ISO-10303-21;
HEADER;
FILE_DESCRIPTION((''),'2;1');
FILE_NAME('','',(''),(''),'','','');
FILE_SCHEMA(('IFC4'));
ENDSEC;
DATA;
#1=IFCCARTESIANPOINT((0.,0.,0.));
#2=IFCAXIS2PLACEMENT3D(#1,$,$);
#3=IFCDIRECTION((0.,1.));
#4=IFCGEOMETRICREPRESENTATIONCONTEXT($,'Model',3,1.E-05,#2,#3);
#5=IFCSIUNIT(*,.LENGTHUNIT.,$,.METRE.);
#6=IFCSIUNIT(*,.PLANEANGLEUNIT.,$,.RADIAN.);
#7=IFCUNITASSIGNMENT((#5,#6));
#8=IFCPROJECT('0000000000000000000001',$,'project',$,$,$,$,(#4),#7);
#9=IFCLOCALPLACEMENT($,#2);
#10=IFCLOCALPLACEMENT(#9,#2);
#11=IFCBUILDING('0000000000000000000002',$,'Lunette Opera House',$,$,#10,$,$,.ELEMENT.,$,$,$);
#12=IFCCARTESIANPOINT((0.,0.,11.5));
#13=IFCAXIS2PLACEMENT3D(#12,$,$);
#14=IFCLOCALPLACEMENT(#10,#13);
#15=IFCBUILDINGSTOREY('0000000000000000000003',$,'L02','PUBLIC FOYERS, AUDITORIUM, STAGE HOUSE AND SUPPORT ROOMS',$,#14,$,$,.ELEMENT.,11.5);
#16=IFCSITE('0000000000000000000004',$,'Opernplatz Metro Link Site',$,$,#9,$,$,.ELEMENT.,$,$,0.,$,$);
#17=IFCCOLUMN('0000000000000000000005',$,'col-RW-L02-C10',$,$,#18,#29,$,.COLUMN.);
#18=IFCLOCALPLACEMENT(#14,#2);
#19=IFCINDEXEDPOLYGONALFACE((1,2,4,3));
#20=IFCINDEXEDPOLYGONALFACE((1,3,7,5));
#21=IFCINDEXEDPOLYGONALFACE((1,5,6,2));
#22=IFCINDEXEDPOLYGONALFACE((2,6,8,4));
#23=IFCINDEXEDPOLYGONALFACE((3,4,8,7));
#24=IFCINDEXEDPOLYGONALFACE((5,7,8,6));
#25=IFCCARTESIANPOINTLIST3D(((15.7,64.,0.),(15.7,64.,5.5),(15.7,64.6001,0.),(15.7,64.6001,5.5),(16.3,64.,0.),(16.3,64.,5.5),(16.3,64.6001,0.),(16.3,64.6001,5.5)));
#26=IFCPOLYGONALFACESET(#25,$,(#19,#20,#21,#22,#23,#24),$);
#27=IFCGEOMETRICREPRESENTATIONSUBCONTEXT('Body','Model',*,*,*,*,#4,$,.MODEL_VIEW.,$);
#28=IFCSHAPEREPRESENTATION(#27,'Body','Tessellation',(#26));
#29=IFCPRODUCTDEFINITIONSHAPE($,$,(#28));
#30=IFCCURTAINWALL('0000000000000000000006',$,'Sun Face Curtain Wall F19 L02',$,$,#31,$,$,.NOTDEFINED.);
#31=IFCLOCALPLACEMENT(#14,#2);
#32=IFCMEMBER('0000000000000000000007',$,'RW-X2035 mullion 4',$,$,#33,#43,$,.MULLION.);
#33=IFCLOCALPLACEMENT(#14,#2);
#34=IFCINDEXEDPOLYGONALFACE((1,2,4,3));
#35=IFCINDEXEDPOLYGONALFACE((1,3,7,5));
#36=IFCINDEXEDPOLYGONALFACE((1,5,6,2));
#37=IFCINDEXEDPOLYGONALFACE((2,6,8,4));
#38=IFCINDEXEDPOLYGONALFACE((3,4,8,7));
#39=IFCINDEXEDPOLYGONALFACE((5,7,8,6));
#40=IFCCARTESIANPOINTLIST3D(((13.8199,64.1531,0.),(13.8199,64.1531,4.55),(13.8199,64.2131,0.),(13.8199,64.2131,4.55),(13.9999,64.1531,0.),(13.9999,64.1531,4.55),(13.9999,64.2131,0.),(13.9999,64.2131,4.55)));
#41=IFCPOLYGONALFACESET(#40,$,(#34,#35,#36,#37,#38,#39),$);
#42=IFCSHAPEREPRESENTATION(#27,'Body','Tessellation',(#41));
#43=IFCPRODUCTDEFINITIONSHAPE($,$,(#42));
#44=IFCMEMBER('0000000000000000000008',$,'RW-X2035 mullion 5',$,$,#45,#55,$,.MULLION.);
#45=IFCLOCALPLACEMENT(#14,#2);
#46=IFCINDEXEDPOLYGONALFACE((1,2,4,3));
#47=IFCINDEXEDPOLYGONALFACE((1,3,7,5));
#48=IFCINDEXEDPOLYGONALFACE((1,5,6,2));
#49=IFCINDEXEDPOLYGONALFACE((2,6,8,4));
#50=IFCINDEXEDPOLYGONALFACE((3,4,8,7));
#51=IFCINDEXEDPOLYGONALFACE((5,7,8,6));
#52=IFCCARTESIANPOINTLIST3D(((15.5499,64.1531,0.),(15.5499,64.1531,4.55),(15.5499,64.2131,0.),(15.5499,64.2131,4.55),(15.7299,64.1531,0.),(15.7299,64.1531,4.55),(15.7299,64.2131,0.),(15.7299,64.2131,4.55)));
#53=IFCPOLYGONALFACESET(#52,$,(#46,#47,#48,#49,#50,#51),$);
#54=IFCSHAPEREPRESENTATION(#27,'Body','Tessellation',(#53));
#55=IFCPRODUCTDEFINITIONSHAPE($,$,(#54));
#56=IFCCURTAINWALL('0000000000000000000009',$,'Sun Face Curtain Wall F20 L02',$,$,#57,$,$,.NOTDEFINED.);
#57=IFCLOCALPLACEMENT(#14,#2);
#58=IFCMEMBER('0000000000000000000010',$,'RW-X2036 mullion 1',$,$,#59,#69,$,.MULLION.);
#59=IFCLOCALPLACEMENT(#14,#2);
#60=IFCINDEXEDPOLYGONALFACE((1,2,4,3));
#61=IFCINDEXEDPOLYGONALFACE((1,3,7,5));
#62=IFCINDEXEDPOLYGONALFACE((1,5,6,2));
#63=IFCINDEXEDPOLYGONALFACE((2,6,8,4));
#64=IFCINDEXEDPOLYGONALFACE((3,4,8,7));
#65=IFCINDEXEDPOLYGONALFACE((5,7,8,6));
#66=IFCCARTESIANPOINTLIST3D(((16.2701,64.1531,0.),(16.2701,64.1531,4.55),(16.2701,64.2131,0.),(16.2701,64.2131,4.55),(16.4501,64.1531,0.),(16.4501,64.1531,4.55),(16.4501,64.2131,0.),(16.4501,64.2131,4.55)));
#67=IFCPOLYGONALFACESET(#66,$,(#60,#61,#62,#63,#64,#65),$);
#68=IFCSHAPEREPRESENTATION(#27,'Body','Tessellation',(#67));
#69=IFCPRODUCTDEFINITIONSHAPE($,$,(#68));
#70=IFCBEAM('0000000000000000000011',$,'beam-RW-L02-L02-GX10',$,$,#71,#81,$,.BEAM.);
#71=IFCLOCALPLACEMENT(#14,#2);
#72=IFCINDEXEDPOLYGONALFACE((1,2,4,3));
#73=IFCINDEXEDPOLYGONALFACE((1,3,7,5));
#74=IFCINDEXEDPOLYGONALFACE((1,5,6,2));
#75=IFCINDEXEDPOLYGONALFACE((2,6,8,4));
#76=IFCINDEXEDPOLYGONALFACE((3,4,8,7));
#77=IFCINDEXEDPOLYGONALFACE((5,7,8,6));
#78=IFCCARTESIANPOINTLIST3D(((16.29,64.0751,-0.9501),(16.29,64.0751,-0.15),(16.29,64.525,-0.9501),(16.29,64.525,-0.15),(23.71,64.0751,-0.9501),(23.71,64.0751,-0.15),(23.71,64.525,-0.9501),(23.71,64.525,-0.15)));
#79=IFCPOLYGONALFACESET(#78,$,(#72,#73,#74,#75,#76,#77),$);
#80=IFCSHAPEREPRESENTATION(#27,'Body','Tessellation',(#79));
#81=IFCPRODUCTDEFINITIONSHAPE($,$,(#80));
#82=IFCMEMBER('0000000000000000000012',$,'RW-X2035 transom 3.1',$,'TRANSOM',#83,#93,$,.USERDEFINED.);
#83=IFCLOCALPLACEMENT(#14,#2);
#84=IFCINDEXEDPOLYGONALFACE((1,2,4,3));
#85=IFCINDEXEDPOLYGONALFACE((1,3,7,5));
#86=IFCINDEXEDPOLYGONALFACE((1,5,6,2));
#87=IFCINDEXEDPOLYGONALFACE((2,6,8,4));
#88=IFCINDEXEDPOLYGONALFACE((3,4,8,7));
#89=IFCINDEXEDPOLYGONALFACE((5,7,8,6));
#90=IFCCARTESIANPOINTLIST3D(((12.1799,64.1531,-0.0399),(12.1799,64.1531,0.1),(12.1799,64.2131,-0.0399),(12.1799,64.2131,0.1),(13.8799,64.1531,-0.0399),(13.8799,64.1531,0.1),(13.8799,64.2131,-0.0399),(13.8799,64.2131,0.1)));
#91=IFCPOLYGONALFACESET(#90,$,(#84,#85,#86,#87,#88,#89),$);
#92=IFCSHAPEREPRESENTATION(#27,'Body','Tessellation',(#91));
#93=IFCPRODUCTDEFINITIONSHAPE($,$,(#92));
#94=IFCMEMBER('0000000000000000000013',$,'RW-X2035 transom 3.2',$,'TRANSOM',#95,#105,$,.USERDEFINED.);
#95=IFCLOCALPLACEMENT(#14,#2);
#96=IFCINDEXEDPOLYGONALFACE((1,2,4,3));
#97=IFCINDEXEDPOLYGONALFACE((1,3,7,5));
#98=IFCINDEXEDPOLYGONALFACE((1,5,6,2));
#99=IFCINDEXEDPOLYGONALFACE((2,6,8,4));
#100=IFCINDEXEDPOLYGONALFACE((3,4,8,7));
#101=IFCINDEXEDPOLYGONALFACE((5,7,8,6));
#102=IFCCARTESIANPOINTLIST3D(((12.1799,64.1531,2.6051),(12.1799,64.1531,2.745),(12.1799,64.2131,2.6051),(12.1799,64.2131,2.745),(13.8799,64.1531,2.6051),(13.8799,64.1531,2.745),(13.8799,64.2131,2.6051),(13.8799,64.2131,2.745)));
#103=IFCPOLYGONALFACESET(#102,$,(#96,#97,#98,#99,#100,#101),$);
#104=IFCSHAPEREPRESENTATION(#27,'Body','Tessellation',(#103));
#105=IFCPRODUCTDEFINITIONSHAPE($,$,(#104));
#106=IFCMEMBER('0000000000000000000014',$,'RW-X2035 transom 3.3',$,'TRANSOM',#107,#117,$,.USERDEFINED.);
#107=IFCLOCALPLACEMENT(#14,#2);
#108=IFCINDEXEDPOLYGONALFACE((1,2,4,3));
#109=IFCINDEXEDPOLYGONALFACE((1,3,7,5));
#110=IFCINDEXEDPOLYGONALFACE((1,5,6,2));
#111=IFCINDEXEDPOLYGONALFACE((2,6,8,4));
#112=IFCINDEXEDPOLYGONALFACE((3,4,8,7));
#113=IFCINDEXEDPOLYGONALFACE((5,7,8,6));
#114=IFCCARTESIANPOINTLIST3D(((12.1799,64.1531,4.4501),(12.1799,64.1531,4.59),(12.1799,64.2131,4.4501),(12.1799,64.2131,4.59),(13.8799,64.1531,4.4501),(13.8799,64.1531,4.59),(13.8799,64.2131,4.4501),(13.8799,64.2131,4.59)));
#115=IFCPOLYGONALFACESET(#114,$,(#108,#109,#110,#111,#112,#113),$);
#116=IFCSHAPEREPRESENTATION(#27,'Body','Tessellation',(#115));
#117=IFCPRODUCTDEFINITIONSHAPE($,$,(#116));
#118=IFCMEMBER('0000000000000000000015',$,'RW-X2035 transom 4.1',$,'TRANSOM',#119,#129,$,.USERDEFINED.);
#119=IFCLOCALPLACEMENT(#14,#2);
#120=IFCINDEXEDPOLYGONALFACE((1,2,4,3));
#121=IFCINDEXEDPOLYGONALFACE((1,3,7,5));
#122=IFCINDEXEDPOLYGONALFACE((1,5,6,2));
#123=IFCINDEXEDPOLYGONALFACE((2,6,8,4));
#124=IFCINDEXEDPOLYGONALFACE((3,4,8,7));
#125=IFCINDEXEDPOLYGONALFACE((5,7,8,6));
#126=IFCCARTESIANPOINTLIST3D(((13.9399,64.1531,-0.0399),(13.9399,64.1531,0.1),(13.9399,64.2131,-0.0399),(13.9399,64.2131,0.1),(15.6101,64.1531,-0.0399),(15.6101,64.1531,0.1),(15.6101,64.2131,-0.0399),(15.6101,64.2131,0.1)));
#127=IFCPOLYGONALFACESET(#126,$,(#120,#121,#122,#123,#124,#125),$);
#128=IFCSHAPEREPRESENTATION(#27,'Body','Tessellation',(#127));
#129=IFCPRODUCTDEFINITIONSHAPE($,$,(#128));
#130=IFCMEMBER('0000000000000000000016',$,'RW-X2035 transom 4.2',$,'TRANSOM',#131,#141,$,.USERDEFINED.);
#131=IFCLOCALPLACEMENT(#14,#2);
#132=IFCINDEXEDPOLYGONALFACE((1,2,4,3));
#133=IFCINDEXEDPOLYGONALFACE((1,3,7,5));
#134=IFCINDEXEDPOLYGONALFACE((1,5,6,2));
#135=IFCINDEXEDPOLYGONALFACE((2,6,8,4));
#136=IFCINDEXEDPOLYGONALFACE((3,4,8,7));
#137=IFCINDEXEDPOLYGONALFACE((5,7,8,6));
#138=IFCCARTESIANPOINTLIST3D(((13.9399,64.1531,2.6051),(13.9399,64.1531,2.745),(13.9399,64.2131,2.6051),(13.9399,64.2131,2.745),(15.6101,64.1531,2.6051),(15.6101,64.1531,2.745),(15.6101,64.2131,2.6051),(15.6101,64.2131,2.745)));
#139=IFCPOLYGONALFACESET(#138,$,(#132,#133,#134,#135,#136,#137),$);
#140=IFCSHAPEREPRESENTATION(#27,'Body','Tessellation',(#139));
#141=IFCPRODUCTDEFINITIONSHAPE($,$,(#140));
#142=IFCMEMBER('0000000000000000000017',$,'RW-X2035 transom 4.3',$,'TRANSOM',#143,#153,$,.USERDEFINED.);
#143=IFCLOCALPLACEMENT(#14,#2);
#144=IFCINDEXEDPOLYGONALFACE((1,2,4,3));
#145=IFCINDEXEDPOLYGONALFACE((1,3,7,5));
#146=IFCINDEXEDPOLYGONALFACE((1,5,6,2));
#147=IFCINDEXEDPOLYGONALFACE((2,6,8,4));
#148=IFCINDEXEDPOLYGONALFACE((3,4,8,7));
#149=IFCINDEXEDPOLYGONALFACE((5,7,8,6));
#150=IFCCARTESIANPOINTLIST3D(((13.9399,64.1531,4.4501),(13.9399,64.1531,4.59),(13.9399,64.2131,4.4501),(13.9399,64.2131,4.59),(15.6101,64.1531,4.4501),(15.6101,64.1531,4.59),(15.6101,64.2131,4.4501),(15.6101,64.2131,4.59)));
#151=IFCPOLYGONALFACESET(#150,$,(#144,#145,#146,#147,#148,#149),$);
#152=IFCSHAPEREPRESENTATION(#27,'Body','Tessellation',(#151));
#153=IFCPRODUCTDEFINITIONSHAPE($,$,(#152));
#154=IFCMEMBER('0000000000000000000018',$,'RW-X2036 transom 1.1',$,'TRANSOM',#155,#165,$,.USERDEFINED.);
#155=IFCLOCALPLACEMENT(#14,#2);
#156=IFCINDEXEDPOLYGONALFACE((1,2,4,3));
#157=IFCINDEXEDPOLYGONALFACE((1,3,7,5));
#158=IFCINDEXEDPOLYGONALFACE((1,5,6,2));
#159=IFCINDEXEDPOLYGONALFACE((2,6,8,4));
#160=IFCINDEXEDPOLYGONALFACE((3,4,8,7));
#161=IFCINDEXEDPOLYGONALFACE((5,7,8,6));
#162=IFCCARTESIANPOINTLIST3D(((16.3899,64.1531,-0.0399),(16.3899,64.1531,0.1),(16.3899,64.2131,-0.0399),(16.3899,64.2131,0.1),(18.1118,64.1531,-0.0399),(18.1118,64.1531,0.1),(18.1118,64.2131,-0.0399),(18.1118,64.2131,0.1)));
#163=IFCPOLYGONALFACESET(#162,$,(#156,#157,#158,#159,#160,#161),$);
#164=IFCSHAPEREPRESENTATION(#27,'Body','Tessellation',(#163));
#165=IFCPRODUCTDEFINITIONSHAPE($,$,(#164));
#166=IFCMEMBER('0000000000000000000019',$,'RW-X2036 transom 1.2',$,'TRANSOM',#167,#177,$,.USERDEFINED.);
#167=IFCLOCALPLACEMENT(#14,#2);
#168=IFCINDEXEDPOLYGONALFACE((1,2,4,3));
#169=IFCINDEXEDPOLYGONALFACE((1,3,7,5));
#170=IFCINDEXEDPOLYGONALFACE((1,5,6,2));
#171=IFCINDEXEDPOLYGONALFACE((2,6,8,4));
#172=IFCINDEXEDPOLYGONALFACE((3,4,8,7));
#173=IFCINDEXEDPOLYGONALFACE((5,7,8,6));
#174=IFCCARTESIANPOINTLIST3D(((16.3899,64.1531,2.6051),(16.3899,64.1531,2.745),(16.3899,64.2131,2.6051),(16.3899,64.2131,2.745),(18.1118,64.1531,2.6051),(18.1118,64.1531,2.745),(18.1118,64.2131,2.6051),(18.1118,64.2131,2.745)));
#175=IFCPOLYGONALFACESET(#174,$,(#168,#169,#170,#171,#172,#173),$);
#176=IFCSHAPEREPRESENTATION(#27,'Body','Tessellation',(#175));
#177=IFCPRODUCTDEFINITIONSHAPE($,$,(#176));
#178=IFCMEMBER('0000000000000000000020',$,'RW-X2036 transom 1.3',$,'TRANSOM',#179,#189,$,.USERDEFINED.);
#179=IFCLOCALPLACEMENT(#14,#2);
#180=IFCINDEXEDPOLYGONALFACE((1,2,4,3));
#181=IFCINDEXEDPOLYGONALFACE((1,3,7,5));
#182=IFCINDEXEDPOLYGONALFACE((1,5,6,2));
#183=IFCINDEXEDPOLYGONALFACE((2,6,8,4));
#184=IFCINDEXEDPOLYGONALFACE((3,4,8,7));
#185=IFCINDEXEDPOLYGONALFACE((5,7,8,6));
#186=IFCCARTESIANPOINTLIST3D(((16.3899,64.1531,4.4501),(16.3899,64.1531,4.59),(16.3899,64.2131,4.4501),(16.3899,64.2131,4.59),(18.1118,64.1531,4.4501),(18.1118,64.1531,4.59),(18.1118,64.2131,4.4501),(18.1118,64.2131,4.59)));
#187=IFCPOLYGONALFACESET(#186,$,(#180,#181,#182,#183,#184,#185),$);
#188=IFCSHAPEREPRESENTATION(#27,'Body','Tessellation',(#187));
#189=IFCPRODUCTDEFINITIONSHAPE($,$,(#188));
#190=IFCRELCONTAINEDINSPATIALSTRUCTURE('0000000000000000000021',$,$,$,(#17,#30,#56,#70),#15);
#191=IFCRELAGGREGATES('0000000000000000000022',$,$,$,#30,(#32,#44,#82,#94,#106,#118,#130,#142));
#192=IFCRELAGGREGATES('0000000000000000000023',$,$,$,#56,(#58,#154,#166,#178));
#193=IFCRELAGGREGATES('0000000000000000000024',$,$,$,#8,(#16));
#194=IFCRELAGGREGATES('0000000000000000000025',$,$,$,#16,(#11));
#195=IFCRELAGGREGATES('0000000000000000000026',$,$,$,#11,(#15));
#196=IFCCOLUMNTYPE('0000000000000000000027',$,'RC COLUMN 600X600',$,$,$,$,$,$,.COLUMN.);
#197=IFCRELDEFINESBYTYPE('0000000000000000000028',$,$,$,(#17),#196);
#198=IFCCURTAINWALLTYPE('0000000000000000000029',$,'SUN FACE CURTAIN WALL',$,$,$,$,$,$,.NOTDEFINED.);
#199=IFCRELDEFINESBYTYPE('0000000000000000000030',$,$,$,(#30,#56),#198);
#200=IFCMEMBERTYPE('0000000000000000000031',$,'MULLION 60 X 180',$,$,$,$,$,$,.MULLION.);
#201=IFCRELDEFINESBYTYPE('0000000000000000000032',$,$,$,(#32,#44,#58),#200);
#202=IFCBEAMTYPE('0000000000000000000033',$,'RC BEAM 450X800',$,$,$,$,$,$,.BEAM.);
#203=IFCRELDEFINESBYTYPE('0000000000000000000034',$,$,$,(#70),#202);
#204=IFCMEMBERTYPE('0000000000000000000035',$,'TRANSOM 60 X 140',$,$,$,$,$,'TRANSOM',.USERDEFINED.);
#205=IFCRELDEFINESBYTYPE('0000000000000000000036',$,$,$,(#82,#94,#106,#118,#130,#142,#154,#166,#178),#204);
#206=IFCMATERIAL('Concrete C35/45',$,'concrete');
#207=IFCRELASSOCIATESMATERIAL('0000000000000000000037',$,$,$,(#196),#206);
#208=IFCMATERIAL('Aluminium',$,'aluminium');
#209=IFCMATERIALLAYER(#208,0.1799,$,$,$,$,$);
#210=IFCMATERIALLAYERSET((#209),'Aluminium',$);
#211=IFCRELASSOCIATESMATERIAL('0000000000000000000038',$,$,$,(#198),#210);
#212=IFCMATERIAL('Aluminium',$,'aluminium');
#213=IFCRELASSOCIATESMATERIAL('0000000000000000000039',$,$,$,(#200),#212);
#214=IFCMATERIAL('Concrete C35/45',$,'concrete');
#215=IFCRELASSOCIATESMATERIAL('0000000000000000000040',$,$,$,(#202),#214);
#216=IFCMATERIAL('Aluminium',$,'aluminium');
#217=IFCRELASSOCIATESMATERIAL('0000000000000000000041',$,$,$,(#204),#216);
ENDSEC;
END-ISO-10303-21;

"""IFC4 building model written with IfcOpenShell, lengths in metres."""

from ifc_helpers import new_model, si_unit, direction, frame, origin, origin_2d, place, context, subcontext, project, spatial, rectangle, extrude, material, layer, layer_set, material_profile, profile_set, type_object, element, aggregate, save


model = new_model("IFC4")

# Units and contexts
model_context = context("Model", 3, precision=1e-05, world=origin(), true_north=direction((0.0, 1.0)))
body_context = subcontext(model_context, "Body", "Model", "MODEL_VIEW")
ifc_project = project(units=[si_unit("LENGTHUNIT", "METRE"), si_unit("PLANEANGLEUNIT", "RADIAN")], contexts=[model_context])

# Site, building, storey
site_placement = place(None, origin())
site = spatial("IfcSite", under=ifc_project, at=site_placement, Name="Opernplatz Metro Link Site", CompositionType="ELEMENT", RefElevation=0.0)
building_placement = place(site_placement, origin())
building = spatial("IfcBuilding", under=site, at=building_placement, Name="Lunette Opera House", CompositionType="ELEMENT")
storey_placement = place(building_placement, frame((0.0, 0.0, 11.5)))
storey = spatial("IfcBuildingStorey", under=building, at=storey_placement, Name="L02", Description="PUBLIC FOYERS, AUDITORIUM, STAGE HOUSE AND SUPPORT ROOMS", CompositionType="ELEMENT", Elevation=11.5)

# Column
ifc_material_1 = material(Name="Concrete C35/45", Category="concrete")
ifc_material_profile_1 = material_profile(ifc_material_1, rectangle(XDim=0.6001, YDim=0.6001, at=origin_2d()), Name="RC COLUMN 600X600")
ifc_profile_set_1 = profile_set([ifc_material_profile_1], Name="Concrete C35/45")
column_type = type_object("IfcColumnType", Name="RC COLUMN 600X600", PredefinedType="COLUMN", material=ifc_profile_set_1)
column_placement = place(storey_placement, frame((16.0, 64.3, 0.0), z_axis=(0.0, 0.0, 1.0), x_axis=(1.0, 0.0, 0.0)))
element("IfcColumn", 1, at=column_placement, inside=storey, type_object=column_type, Name="col-RW-L02-C10", PredefinedType="COLUMN", context=body_context, shape_type="SweptSolid", body=[
    extrude(rectangle(XDim=0.6001, YDim=0.6001, at=origin_2d()), origin(), (0.0, 0.0, 1.0), 5.5),
])

# Curtain wall, members
ifc_material_2 = material(Name="Aluminium", Category="aluminium")
ifc_layer_1 = layer(ifc_material_2, 0.1799)
ifc_layer_set_1 = layer_set([ifc_layer_1], Name="Aluminium")
curtain_wall_type = type_object("IfcCurtainWallType", Name="SUN FACE CURTAIN WALL", PredefinedType="NOTDEFINED", material=ifc_layer_set_1)
curtain_wall_1_placement = place(storey_placement, origin())
curtain_wall_1 = element("IfcCurtainWall", 2, at=curtain_wall_1_placement, inside=storey, type_object=curtain_wall_type, Name="Sun Face Curtain Wall F19 L02", PredefinedType="NOTDEFINED")
ifc_material_3 = material(Name="Aluminium", Category="aluminium")
ifc_material_profile_2 = material_profile(ifc_material_3, rectangle(XDim=0.0601, YDim=0.1799, at=origin_2d()), Name="MULLION 60 X 180")
ifc_profile_set_2 = profile_set([ifc_material_profile_2], Name="Aluminium")
member_type_1 = type_object("IfcMemberType", Name="MULLION 60 X 180", PredefinedType="MULLION", material=ifc_profile_set_2)
member_1_placement = place(storey_placement, frame((13.9099, 64.1831, 0.0), z_axis=(0.0, 0.0, 1.0), x_axis=(0.0, 1.0, 0.0)))
member_1 = element("IfcMember", 3, at=member_1_placement, type_object=member_type_1, Name="RW-X2035 mullion 4", PredefinedType="MULLION", context=body_context, shape_type="SweptSolid", body=[
    extrude(rectangle(XDim=0.0601, YDim=0.1799, at=origin_2d()), origin(), (0.0, 0.0, 1.0), 4.55),
])
member_2_placement = place(storey_placement, frame((15.6399, 64.1831, 0.0), z_axis=(0.0, 0.0, 1.0), x_axis=(0.0, 1.0, 0.0)))
member_2 = element("IfcMember", 4, at=member_2_placement, type_object=member_type_1, Name="RW-X2035 mullion 5", PredefinedType="MULLION", context=body_context, shape_type="SweptSolid", body=[
    extrude(rectangle(XDim=0.0601, YDim=0.1799, at=origin_2d()), origin(), (0.0, 0.0, 1.0), 4.55),
])

# Curtain wall, member
curtain_wall_2_placement = place(storey_placement, origin())
curtain_wall_2 = element("IfcCurtainWall", 5, at=curtain_wall_2_placement, inside=storey, type_object=curtain_wall_type, Name="Sun Face Curtain Wall F20 L02", PredefinedType="NOTDEFINED")
member_3_placement = place(storey_placement, frame((16.3601, 64.1831, 0.0), z_axis=(0.0, 0.0, 1.0), x_axis=(0.0, 1.0, 0.0)))
member_3 = element("IfcMember", 6, at=member_3_placement, type_object=member_type_1, Name="RW-X2036 mullion 1", PredefinedType="MULLION", context=body_context, shape_type="SweptSolid", body=[
    extrude(rectangle(XDim=0.0601, YDim=0.1799, at=origin_2d()), origin(), (0.0, 0.0, 1.0), 4.55),
])

# Beam
ifc_material_4 = material(Name="Concrete C35/45", Category="concrete")
ifc_material_profile_3 = material_profile(ifc_material_4, rectangle(XDim=0.45, YDim=0.8, at=origin_2d()), Name="RC BEAM 450X800")
ifc_profile_set_3 = profile_set([ifc_material_profile_3], Name="Concrete C35/45")
beam_type = type_object("IfcBeamType", Name="RC BEAM 450X800", PredefinedType="BEAM", material=ifc_profile_set_3)
beam_placement = place(storey_placement, frame((16.29, 64.3, -0.55), z_axis=(1.0, 0.0, 0.0), x_axis=(0.0, 1.0, 0.0)))
element("IfcBeam", 7, at=beam_placement, inside=storey, type_object=beam_type, Name="beam-RW-L02-L02-GX10", PredefinedType="BEAM", context=body_context, shape_type="SweptSolid", body=[
    extrude(rectangle(XDim=0.45, YDim=0.8, at=origin_2d()), origin(), (0.0, 0.0, 1.0), 7.4199),
])

# Members
ifc_material_5 = material(Name="Aluminium", Category="aluminium")
ifc_material_profile_4 = material_profile(ifc_material_5, rectangle(XDim=0.0601, YDim=0.1399, at=origin_2d()), Name="TRANSOM 60 X 140")
ifc_profile_set_4 = profile_set([ifc_material_profile_4], Name="Aluminium")
member_type_2 = type_object("IfcMemberType", Name="TRANSOM 60 X 140", ElementType="TRANSOM", PredefinedType="USERDEFINED", material=ifc_profile_set_4)
member_4_placement = place(storey_placement, frame((12.1799, 64.1831, 0.03), z_axis=(1.0, 0.0, 0.0), x_axis=(0.0, 1.0, 0.0)))
member_4 = element("IfcMember", 8, at=member_4_placement, type_object=member_type_2, Name="RW-X2035 transom 3.1", ObjectType="TRANSOM", PredefinedType="USERDEFINED", context=body_context, shape_type="SweptSolid", body=[
    extrude(rectangle(XDim=0.0601, YDim=0.1399, at=origin_2d()), origin(), (0.0, 0.0, 1.0), 1.7),
])
member_5_placement = place(storey_placement, frame((12.1799, 64.1831, 2.675), z_axis=(1.0, 0.0, 0.0), x_axis=(0.0, 1.0, 0.0)))
member_5 = element("IfcMember", 9, at=member_5_placement, type_object=member_type_2, Name="RW-X2035 transom 3.2", ObjectType="TRANSOM", PredefinedType="USERDEFINED", context=body_context, shape_type="SweptSolid", body=[
    extrude(rectangle(XDim=0.0601, YDim=0.1399, at=origin_2d()), origin(), (0.0, 0.0, 1.0), 1.7),
])
member_6_placement = place(storey_placement, frame((12.1799, 64.1831, 4.52), z_axis=(1.0, 0.0, 0.0), x_axis=(0.0, 1.0, 0.0)))
member_6 = element("IfcMember", 10, at=member_6_placement, type_object=member_type_2, Name="RW-X2035 transom 3.3", ObjectType="TRANSOM", PredefinedType="USERDEFINED", context=body_context, shape_type="SweptSolid", body=[
    extrude(rectangle(XDim=0.0601, YDim=0.1399, at=origin_2d()), origin(), (0.0, 0.0, 1.0), 1.7),
])
member_7_placement = place(storey_placement, frame((13.9399, 64.1831, 0.03), z_axis=(1.0, 0.0, 0.0), x_axis=(0.0, 1.0, 0.0)))
member_7 = element("IfcMember", 11, at=member_7_placement, type_object=member_type_2, Name="RW-X2035 transom 4.1", ObjectType="TRANSOM", PredefinedType="USERDEFINED", context=body_context, shape_type="SweptSolid", body=[
    extrude(rectangle(XDim=0.0601, YDim=0.1399, at=origin_2d()), origin(), (0.0, 0.0, 1.0), 1.6702),
])
member_8_placement = place(storey_placement, frame((13.9399, 64.1831, 2.675), z_axis=(1.0, 0.0, 0.0), x_axis=(0.0, 1.0, 0.0)))
member_8 = element("IfcMember", 12, at=member_8_placement, type_object=member_type_2, Name="RW-X2035 transom 4.2", ObjectType="TRANSOM", PredefinedType="USERDEFINED", context=body_context, shape_type="SweptSolid", body=[
    extrude(rectangle(XDim=0.0601, YDim=0.1399, at=origin_2d()), origin(), (0.0, 0.0, 1.0), 1.6702),
])
member_9_placement = place(storey_placement, frame((13.9399, 64.1831, 4.52), z_axis=(1.0, 0.0, 0.0), x_axis=(0.0, 1.0, 0.0)))
member_9 = element("IfcMember", 13, at=member_9_placement, type_object=member_type_2, Name="RW-X2035 transom 4.3", ObjectType="TRANSOM", PredefinedType="USERDEFINED", context=body_context, shape_type="SweptSolid", body=[
    extrude(rectangle(XDim=0.0601, YDim=0.1399, at=origin_2d()), origin(), (0.0, 0.0, 1.0), 1.6702),
])
member_10_placement = place(storey_placement, frame((16.3899, 64.1831, 0.03), z_axis=(1.0, 0.0, 0.0), x_axis=(0.0, 1.0, 0.0)))
member_10 = element("IfcMember", 14, at=member_10_placement, type_object=member_type_2, Name="RW-X2036 transom 1.1", ObjectType="TRANSOM", PredefinedType="USERDEFINED", context=body_context, shape_type="SweptSolid", body=[
    extrude(rectangle(XDim=0.0601, YDim=0.1399, at=origin_2d()), origin(), (0.0, 0.0, 1.0), 1.7219),
])
member_11_placement = place(storey_placement, frame((16.3899, 64.1831, 2.675), z_axis=(1.0, 0.0, 0.0), x_axis=(0.0, 1.0, 0.0)))
member_11 = element("IfcMember", 15, at=member_11_placement, type_object=member_type_2, Name="RW-X2036 transom 1.2", ObjectType="TRANSOM", PredefinedType="USERDEFINED", context=body_context, shape_type="SweptSolid", body=[
    extrude(rectangle(XDim=0.0601, YDim=0.1399, at=origin_2d()), origin(), (0.0, 0.0, 1.0), 1.7219),
])
member_12_placement = place(storey_placement, frame((16.3899, 64.1831, 4.52), z_axis=(1.0, 0.0, 0.0), x_axis=(0.0, 1.0, 0.0)))
member_12 = element("IfcMember", 16, at=member_12_placement, type_object=member_type_2, Name="RW-X2036 transom 1.3", ObjectType="TRANSOM", PredefinedType="USERDEFINED", context=body_context, shape_type="SweptSolid", body=[
    extrude(rectangle(XDim=0.0601, YDim=0.1399, at=origin_2d()), origin(), (0.0, 0.0, 1.0), 1.7219),
])

aggregate(curtain_wall_1, [member_1, member_2, member_4, member_5, member_6, member_7, member_8, member_9])
aggregate(curtain_wall_2, [member_3, member_10, member_11, member_12])

save(model, "model.ifc")
